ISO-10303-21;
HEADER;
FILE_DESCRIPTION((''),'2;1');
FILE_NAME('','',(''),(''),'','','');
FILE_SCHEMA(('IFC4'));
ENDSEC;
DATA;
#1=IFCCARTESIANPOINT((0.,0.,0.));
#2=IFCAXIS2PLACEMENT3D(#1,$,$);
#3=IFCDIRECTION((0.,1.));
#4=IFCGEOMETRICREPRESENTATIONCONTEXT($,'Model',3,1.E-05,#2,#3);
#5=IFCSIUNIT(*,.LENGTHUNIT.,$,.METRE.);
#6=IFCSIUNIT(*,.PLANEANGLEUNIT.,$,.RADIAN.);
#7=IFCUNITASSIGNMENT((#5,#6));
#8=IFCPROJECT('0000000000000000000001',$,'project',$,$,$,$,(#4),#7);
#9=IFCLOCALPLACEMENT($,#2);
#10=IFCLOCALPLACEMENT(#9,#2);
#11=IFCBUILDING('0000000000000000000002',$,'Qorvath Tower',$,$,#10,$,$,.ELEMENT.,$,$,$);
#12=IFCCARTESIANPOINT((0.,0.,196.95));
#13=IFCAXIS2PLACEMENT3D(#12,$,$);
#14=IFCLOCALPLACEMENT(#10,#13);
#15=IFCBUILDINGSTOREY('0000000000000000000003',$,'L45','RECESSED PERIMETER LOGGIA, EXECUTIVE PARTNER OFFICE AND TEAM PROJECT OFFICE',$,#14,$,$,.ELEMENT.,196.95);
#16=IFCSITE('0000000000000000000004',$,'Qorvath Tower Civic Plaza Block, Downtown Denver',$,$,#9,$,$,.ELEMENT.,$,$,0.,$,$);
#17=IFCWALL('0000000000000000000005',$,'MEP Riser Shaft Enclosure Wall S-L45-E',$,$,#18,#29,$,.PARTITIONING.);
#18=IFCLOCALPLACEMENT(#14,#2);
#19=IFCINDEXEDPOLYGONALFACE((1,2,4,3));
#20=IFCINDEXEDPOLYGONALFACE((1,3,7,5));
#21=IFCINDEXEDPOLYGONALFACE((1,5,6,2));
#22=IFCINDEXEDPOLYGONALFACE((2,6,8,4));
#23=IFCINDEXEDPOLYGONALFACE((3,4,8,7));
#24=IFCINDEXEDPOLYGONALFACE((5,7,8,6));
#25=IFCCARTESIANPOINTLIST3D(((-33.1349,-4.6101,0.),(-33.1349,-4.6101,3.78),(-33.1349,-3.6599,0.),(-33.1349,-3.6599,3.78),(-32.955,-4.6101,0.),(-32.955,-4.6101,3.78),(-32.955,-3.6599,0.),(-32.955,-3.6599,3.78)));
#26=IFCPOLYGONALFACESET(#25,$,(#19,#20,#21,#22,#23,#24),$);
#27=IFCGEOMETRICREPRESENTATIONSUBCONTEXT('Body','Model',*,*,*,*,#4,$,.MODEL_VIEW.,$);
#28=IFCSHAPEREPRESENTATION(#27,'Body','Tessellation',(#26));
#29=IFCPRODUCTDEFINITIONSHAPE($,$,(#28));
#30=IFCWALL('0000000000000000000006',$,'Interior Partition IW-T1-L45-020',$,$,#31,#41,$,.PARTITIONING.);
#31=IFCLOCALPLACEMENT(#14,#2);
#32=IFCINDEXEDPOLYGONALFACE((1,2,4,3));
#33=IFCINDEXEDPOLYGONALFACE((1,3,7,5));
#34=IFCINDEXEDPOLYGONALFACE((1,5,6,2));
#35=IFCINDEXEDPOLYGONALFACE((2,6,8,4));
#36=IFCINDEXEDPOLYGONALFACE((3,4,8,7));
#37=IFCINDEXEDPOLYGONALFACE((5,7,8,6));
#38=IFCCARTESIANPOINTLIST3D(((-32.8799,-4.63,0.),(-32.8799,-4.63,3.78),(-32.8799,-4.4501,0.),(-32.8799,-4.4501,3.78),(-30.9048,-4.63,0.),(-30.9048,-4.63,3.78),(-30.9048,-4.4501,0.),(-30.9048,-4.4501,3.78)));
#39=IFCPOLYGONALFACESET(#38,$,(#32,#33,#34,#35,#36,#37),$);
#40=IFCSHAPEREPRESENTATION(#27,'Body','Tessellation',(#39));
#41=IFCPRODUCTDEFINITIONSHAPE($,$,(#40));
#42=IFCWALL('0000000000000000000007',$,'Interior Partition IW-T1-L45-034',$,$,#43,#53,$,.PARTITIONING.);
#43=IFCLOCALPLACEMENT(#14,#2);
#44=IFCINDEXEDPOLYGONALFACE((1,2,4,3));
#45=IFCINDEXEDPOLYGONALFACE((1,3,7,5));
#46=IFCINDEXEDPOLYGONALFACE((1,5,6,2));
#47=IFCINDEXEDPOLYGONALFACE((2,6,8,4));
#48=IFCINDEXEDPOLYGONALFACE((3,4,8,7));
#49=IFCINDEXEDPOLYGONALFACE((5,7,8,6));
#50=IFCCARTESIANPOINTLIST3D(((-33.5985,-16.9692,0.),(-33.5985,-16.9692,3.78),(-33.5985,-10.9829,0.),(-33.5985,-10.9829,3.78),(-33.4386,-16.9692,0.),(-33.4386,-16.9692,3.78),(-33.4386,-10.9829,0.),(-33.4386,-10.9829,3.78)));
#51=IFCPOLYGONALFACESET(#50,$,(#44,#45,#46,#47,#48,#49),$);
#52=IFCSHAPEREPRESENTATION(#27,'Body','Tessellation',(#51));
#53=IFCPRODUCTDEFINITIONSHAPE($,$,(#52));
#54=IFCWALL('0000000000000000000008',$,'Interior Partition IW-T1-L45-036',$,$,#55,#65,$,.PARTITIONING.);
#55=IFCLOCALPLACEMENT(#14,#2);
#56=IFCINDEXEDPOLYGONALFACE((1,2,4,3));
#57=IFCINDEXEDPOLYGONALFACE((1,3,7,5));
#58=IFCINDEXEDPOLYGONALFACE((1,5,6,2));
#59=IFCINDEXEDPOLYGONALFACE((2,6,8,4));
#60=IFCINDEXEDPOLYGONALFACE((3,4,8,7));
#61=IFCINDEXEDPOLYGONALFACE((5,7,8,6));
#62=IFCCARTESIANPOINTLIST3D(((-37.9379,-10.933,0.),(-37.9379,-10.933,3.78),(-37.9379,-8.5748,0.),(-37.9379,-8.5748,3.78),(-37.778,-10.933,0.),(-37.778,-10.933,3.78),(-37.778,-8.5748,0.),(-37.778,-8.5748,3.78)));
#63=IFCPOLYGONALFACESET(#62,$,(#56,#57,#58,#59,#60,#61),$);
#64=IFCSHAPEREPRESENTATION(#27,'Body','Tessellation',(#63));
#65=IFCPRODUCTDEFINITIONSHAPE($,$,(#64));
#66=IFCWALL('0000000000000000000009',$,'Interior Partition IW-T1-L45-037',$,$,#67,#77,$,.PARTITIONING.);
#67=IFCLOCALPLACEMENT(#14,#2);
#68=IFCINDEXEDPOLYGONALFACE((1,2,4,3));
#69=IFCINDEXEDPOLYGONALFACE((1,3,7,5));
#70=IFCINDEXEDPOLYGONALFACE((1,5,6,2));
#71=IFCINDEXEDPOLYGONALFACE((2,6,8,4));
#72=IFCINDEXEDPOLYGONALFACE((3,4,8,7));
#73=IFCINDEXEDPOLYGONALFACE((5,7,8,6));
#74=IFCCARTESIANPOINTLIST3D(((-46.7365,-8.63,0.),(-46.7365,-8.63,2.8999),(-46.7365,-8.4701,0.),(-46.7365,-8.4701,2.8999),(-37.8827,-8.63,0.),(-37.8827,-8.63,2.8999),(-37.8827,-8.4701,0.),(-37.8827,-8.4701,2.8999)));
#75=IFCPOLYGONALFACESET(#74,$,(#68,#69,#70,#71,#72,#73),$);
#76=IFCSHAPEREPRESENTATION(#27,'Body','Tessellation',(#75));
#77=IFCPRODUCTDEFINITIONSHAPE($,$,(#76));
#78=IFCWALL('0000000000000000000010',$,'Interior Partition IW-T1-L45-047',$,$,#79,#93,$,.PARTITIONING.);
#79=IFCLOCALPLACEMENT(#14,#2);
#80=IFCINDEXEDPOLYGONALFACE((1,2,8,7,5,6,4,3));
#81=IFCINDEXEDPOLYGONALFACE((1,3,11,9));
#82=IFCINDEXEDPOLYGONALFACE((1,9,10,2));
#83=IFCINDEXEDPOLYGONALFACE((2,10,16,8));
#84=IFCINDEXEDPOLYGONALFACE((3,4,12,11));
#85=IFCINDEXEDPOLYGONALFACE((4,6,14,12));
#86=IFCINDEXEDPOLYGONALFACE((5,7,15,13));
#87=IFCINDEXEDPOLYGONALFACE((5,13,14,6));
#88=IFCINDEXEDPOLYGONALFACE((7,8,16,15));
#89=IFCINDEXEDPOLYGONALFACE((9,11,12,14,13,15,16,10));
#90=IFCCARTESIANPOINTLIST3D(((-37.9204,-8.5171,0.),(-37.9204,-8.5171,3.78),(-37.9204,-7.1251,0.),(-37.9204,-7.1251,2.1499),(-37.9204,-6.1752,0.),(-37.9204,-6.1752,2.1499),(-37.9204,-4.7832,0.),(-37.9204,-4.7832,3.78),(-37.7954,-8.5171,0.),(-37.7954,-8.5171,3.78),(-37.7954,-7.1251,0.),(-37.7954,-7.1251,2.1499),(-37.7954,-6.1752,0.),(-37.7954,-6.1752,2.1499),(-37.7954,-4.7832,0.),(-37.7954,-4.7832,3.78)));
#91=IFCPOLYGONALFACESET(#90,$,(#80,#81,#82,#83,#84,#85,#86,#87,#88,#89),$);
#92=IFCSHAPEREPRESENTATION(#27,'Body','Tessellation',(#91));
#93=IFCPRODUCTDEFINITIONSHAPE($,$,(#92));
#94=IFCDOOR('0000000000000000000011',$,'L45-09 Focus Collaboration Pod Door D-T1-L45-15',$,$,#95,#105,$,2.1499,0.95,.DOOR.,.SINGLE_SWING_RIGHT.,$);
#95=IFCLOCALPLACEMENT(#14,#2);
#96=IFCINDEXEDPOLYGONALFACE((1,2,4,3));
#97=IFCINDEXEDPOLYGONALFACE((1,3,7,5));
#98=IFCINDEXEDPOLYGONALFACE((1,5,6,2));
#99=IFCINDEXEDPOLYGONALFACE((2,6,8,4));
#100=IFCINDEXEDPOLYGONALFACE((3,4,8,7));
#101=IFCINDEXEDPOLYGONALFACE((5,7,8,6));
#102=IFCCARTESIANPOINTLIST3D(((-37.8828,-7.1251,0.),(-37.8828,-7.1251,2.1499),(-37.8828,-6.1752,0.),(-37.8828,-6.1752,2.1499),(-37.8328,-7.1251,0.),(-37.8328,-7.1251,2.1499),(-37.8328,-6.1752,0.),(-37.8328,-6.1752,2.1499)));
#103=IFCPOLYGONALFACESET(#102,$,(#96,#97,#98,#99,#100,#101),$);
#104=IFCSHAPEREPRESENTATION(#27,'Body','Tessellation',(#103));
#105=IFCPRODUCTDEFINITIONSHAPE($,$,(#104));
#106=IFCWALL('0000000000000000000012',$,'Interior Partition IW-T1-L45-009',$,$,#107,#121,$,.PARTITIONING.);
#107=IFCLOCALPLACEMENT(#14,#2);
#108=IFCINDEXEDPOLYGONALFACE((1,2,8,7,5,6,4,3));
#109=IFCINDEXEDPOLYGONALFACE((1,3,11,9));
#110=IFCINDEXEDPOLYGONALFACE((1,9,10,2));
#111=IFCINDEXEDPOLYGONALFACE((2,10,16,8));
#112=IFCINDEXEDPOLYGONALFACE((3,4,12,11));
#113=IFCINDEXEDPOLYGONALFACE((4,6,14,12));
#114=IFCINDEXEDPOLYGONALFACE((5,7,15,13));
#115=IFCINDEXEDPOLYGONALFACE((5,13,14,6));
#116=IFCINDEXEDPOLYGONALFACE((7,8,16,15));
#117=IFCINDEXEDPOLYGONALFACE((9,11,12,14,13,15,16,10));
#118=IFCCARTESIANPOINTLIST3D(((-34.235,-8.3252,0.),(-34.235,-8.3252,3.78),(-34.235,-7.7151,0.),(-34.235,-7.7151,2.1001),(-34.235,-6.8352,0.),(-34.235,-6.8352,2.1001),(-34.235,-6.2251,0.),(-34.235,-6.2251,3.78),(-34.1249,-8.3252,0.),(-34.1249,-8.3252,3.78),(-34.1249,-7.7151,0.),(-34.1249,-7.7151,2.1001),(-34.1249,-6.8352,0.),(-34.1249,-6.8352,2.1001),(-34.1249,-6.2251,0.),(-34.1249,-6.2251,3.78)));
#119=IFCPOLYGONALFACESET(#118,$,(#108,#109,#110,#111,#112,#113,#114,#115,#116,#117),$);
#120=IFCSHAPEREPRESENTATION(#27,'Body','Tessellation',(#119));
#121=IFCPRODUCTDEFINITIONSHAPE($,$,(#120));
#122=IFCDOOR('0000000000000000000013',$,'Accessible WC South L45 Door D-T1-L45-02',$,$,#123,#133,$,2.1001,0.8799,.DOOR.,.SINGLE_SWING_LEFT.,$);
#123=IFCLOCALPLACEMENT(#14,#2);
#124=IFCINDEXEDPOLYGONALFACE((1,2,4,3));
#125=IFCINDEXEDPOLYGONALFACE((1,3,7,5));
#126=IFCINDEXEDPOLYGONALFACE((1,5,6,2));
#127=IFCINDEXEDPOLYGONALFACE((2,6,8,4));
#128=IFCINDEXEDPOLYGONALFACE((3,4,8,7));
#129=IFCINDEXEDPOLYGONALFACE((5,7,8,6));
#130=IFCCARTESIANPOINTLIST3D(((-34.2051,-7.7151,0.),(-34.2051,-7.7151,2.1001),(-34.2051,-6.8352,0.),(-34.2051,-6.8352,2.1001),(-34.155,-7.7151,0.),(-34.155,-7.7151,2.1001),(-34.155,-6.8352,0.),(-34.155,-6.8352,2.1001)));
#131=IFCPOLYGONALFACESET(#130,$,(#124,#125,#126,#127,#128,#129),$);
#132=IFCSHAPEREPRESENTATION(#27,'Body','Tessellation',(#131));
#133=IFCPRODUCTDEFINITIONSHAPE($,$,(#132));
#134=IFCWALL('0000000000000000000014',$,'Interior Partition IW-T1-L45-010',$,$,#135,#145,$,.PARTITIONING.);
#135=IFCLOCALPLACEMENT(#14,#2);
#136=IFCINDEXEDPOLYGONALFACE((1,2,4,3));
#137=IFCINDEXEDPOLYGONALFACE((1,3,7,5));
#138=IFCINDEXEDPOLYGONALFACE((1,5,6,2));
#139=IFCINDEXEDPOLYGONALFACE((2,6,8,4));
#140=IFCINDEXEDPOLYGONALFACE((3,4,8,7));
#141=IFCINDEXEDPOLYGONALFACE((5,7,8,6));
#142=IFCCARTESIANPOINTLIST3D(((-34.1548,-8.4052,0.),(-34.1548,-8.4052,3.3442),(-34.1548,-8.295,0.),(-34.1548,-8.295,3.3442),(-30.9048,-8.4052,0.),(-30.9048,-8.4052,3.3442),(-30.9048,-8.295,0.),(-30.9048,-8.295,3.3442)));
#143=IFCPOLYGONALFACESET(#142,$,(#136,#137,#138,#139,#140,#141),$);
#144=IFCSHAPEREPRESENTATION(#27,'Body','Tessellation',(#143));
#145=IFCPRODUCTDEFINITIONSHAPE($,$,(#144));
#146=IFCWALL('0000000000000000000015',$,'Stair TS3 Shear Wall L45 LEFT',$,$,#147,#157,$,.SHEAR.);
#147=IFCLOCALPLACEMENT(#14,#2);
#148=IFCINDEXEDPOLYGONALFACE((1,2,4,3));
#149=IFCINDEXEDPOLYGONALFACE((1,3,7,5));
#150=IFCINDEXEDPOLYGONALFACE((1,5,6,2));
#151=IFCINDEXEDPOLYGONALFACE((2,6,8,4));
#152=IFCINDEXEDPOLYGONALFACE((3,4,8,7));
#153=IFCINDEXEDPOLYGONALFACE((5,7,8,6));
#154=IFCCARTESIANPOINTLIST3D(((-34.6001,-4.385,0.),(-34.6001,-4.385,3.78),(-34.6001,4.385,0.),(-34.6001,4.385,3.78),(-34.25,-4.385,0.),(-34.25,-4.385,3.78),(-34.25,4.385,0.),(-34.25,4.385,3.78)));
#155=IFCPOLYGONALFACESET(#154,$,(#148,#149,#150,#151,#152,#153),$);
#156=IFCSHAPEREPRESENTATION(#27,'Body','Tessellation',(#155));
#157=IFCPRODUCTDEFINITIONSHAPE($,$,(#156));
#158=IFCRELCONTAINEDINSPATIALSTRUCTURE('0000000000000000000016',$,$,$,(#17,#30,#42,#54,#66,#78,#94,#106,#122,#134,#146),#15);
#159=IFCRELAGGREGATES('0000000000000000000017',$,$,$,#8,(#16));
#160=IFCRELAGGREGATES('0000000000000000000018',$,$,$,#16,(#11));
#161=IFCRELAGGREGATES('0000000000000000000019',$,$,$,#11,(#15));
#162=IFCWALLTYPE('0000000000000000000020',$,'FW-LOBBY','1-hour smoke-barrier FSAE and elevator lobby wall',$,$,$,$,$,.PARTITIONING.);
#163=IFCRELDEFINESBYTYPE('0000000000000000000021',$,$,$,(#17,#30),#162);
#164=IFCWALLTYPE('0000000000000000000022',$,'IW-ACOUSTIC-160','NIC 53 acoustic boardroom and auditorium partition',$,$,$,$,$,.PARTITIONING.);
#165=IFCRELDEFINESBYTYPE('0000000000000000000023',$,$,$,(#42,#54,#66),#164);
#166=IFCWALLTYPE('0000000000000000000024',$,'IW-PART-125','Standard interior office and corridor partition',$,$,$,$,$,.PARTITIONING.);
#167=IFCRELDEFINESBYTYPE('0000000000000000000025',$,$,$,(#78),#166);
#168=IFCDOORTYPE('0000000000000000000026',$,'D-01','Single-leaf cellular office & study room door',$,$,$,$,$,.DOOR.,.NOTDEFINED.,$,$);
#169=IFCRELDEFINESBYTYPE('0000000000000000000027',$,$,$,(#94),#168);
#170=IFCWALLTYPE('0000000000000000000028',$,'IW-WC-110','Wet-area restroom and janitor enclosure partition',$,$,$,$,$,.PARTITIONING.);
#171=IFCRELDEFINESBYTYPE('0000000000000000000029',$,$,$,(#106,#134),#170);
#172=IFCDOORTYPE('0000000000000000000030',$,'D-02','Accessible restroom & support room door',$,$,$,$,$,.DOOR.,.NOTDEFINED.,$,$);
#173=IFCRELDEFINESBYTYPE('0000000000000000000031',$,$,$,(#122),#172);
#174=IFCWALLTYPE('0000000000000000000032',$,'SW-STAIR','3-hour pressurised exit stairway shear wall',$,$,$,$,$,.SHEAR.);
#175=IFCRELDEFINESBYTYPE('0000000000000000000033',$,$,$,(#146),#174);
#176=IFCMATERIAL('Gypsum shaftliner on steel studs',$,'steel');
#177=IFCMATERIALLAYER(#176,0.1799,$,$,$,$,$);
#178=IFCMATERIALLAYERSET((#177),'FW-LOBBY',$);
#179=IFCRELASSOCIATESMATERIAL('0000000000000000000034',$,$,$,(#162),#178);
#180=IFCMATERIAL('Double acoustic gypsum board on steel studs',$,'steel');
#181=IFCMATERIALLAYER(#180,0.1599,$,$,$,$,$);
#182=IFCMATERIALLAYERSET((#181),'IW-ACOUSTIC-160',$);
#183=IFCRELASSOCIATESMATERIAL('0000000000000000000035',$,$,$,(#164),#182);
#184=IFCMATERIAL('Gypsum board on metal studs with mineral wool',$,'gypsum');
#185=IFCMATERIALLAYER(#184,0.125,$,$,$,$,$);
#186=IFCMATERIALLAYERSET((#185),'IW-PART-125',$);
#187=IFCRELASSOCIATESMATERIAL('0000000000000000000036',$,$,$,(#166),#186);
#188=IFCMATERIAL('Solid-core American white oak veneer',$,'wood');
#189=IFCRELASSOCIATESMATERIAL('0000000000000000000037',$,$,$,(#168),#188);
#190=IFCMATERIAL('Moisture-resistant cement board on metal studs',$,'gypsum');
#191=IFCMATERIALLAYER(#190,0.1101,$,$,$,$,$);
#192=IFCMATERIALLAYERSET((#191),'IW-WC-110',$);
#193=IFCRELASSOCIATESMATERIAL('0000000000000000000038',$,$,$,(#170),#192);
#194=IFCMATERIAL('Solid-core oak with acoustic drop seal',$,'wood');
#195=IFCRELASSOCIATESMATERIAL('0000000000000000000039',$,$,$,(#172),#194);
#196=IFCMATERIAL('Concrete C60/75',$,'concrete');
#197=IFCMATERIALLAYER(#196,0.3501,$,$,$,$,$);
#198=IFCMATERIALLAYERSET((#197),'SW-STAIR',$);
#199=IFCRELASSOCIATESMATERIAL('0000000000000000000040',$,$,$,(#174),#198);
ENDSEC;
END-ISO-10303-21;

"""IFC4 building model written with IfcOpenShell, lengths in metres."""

from ifc_helpers import new_model, si_unit, direction, frame, frame_2d, origin, place, context, subcontext, project, spatial, rectangle, extrude, material, layer, layer_set, type_object, element, fill, save


model = new_model("IFC4")

# Units and contexts
model_context = context("Model", 3, precision=1e-05, world=origin(), true_north=direction((0.0, 1.0)))
body_context = subcontext(model_context, "Body", "Model", "MODEL_VIEW")
ifc_project = project(units=[si_unit("LENGTHUNIT", "METRE"), si_unit("PLANEANGLEUNIT", "RADIAN")], contexts=[model_context])

# Site, building, storey
site_placement = place(None, origin())
site = spatial("IfcSite", under=ifc_project, at=site_placement, Name="Qorvath Tower Civic Plaza Block, Downtown Denver", CompositionType="ELEMENT", RefElevation=0.0)
building_placement = place(site_placement, origin())
building = spatial("IfcBuilding", under=site, at=building_placement, Name="Qorvath Tower", CompositionType="ELEMENT")
storey_placement = place(building_placement, frame((0.0, 0.0, 196.95)))
storey = spatial("IfcBuildingStorey", under=building, at=storey_placement, Name="L45", Description="RECESSED PERIMETER LOGGIA, EXECUTIVE PARTNER OFFICE AND TEAM PROJECT OFFICE", CompositionType="ELEMENT", Elevation=196.95)

# Walls
ifc_material_1 = material(Name="Gypsum shaftliner on steel studs", Category="steel")
ifc_layer_1 = layer(ifc_material_1, 0.1799)
ifc_layer_set_1 = layer_set([ifc_layer_1], Name="FW-LOBBY")
wall_type_1 = type_object("IfcWallType", Name="FW-LOBBY", Description="1-hour smoke-barrier FSAE and elevator lobby wall", PredefinedType="PARTITIONING", material=ifc_layer_set_1)
for number, where, z_axis, x_axis, name in (
    (1, (-33.0449, -3.6599, 0.0), (0.0, 0.0, 1.0), (0.0, -1.0, 0.0), "MEP Riser Shaft Enclosure Wall S-L45-E"),
):
    element("IfcWall", number, at=place(storey_placement, frame(where, z_axis=z_axis, x_axis=x_axis)), inside=storey, type_object=wall_type_1, Name=name, PredefinedType="PARTITIONING", context=body_context, shape_type="SweptSolid", body=[
        extrude(rectangle(XDim=0.9502, YDim=0.1799, at=frame_2d((0.4751, 0.0))), origin(), (0.0, 0.0, 1.0), 3.78),
    ])
wall_1_placement = place(storey_placement, frame((-32.8799, -4.54, 0.0), z_axis=(0.0, 0.0, 1.0), x_axis=(1.0, 0.0, 0.0)))
element("IfcWall", 2, at=wall_1_placement, inside=storey, type_object=wall_type_1, Name="Interior Partition IW-T1-L45-020", PredefinedType="PARTITIONING", context=body_context, shape_type="SweptSolid", body=[
    extrude(rectangle(XDim=1.9751, YDim=0.1799, at=frame_2d((0.9875, 0.0))), origin(), (0.0, 0.0, 1.0), 3.78),
])
ifc_material_2 = material(Name="Double acoustic gypsum board on steel studs", Category="steel")
ifc_layer_2 = layer(ifc_material_2, 0.1599)
ifc_layer_set_2 = layer_set([ifc_layer_2], Name="IW-ACOUSTIC-160")
wall_type_2 = type_object("IfcWallType", Name="IW-ACOUSTIC-160", Description="NIC 53 acoustic boardroom and auditorium partition", PredefinedType="PARTITIONING", material=ifc_layer_set_2)
wall_2_placement = place(storey_placement, frame((-33.5186, -16.9692, 0.0), z_axis=(0.0, 0.0, 1.0), x_axis=(0.0, 1.0, 0.0)))
element("IfcWall", 3, at=wall_2_placement, inside=storey, type_object=wall_type_2, Name="Interior Partition IW-T1-L45-034", PredefinedType="PARTITIONING", context=body_context, shape_type="SweptSolid", body=[
    extrude(rectangle(XDim=5.9863, YDim=0.1599, at=frame_2d((2.9932, 0.0))), origin(), (0.0, 0.0, 1.0), 3.78),
])

# Walls
wall_3_placement = place(storey_placement, frame((-37.8579, -10.9331, 0.0), z_axis=(0.0, 0.0, 1.0), x_axis=(0.0, 1.0, 0.0)))
element("IfcWall", 4, at=wall_3_placement, inside=storey, type_object=wall_type_2, Name="Interior Partition IW-T1-L45-036", PredefinedType="PARTITIONING", context=body_context, shape_type="SweptSolid", body=[
    extrude(rectangle(XDim=2.3582, YDim=0.1599, at=frame_2d((1.1792, 0.0))), origin(), (0.0, 0.0, 1.0), 3.78),
])
wall_4_placement = place(storey_placement, frame((-37.8828, -8.55, 0.0), z_axis=(0.0, 0.0, 1.0), x_axis=(-1.0, 0.0, 0.0)))
element("IfcWall", 5, at=wall_4_placement, inside=storey, type_object=wall_type_2, Name="Interior Partition IW-T1-L45-037", PredefinedType="PARTITIONING", context=body_context, shape_type="SweptSolid", body=[
    extrude(rectangle(XDim=8.8538, YDim=0.1599, at=frame_2d((4.4268, 0.0))), origin(), (0.0, 0.0, 1.0), 2.8999),
])

# Walls, openings, doors
ifc_material_3 = material(Name="Gypsum board on metal studs with mineral wool", Category="gypsum")
ifc_layer_3 = layer(ifc_material_3, 0.125)
ifc_layer_set_3 = layer_set([ifc_layer_3], Name="IW-PART-125")
wall_type_3 = type_object("IfcWallType", Name="IW-PART-125", Description="Standard interior office and corridor partition", PredefinedType="PARTITIONING", material=ifc_layer_set_3)
wall_5_placement = place(storey_placement, frame((-37.8579, -8.5171, 0.0), z_axis=(0.0, 0.0, 1.0), x_axis=(0.0, 1.0, 0.0)))
wall_5 = element("IfcWall", 6, at=wall_5_placement, inside=storey, type_object=wall_type_3, Name="Interior Partition IW-T1-L45-047", PredefinedType="PARTITIONING", context=body_context, shape_type="SweptSolid", body=[
    extrude(rectangle(XDim=3.7339, YDim=0.125, at=frame_2d((1.8669, 0.0))), origin(), (0.0, 0.0, 1.0), 3.78),
])
opening_1_placement = place(wall_5_placement, frame((1.3918, 0.0, 0.0)))
opening_1 = element("IfcOpeningElement", 7, at=opening_1_placement, cuts=wall_5, PredefinedType="OPENING", context=body_context, shape_type="SweptSolid", body=[
    extrude(rectangle(XDim=0.95, YDim=2.1499, at=frame_2d((0.4751, 1.075))), frame((0.0, 0.0725, 0.0), z_axis=(0.0, -1.0, 0.0), x_axis=(1.0, 0.0, 0.0)), (0.0, 0.0, 1.0), 0.145),
])
ifc_material_4 = material(Name="Solid-core American white oak veneer", Category="wood")
door_type_1 = type_object("IfcDoorType", Name="D-01", Description="Single-leaf cellular office & study room door", OperationType="NOTDEFINED", PredefinedType="DOOR", material=ifc_material_4)
door_1_placement = place(opening_1_placement, origin())
door_1 = element("IfcDoor", 8, at=door_1_placement, inside=storey, type_object=door_type_1, Name="L45-09 Focus Collaboration Pod Door D-T1-L45-15", OperationType="SINGLE_SWING_RIGHT", OverallHeight=2.1499, OverallWidth=0.95, PredefinedType="DOOR", context=body_context, shape_type="SweptSolid", body=[
    extrude(rectangle(XDim=0.95, YDim=2.1499, at=frame_2d((0.4751, 1.075))), frame((0.0, 0.0249, 0.0), z_axis=(0.0, -1.0, 0.0), x_axis=(1.0, 0.0, 0.0)), (0.0, 0.0, 1.0), 0.05),
])
fill(opening_1, door_1)
ifc_material_5 = material(Name="Moisture-resistant cement board on metal studs", Category="gypsum")
ifc_layer_4 = layer(ifc_material_5, 0.1101)
ifc_layer_set_4 = layer_set([ifc_layer_4], Name="IW-WC-110")
wall_type_4 = type_object("IfcWallType", Name="IW-WC-110", Description="Wet-area restroom and janitor enclosure partition", PredefinedType="PARTITIONING", material=ifc_layer_set_4)
wall_6_placement = place(storey_placement, frame((-34.1799, -6.2251, 0.0), z_axis=(0.0, 0.0, 1.0), x_axis=(0.0, -1.0, 0.0)))
wall_6 = element("IfcWall", 9, at=wall_6_placement, inside=storey, type_object=wall_type_4, Name="Interior Partition IW-T1-L45-009", PredefinedType="PARTITIONING", context=body_context, shape_type="SweptSolid", body=[
    extrude(rectangle(XDim=2.1001, YDim=0.1101, at=frame_2d((1.05, 0.0))), origin(), (0.0, 0.0, 1.0), 3.78),
])
opening_2_placement = place(wall_6_placement, frame((0.6101, 0.0, 0.0)))
opening_2 = element("IfcOpeningElement", 10, at=opening_2_placement, cuts=wall_6, PredefinedType="OPENING", context=body_context, shape_type="SweptSolid", body=[
    extrude(rectangle(XDim=0.8799, YDim=2.1001, at=frame_2d((0.4399, 1.05))), frame((0.0, 0.0649, 0.0), z_axis=(0.0, -1.0, 0.0), x_axis=(1.0, 0.0, 0.0)), (0.0, 0.0, 1.0), 0.1301),
])
ifc_material_6 = material(Name="Solid-core oak with acoustic drop seal", Category="wood")
door_type_2 = type_object("IfcDoorType", Name="D-02", Description="Accessible restroom & support room door", OperationType="NOTDEFINED", PredefinedType="DOOR", material=ifc_material_6)
door_2_placement = place(opening_2_placement, origin())
door_2 = element("IfcDoor", 11, at=door_2_placement, inside=storey, type_object=door_type_2, Name="Accessible WC South L45 Door D-T1-L45-02", OperationType="SINGLE_SWING_LEFT", OverallHeight=2.1001, OverallWidth=0.8799, PredefinedType="DOOR", context=body_context, shape_type="SweptSolid", body=[
    extrude(rectangle(XDim=0.8799, YDim=2.1001, at=frame_2d((0.4399, 1.05))), frame((0.0, 0.0249, 0.0), z_axis=(0.0, -1.0, 0.0), x_axis=(1.0, 0.0, 0.0)), (0.0, 0.0, 1.0), 0.05),
])
fill(opening_2, door_2)

# Walls
wall_7_placement = place(storey_placement, frame((-34.1548, -8.3501, 0.0), z_axis=(0.0, 0.0, 1.0), x_axis=(1.0, 0.0, 0.0)))
element("IfcWall", 12, at=wall_7_placement, inside=storey, type_object=wall_type_4, Name="Interior Partition IW-T1-L45-010", PredefinedType="PARTITIONING", context=body_context, shape_type="SweptSolid", body=[
    extrude(rectangle(XDim=3.25, YDim=0.1101, at=frame_2d((1.625, 0.0))), origin(), (0.0, 0.0, 1.0), 3.3442),
])
ifc_material_7 = material(Name="Concrete C60/75", Category="concrete")
ifc_layer_5 = layer(ifc_material_7, 0.3501)
ifc_layer_set_5 = layer_set([ifc_layer_5], Name="SW-STAIR")
wall_type_5 = type_object("IfcWallType", Name="SW-STAIR", Description="3-hour pressurised exit stairway shear wall", PredefinedType="SHEAR", material=ifc_layer_set_5)
wall_8_placement = place(storey_placement, frame((-34.425, -4.385, 0.0), z_axis=(0.0, 0.0, 1.0), x_axis=(0.0, 1.0, 0.0)))
element("IfcWall", 13, at=wall_8_placement, inside=storey, type_object=wall_type_5, Name="Stair TS3 Shear Wall L45 LEFT", PredefinedType="SHEAR", context=body_context, shape_type="SweptSolid", body=[
    extrude(rectangle(XDim=8.77, YDim=0.3501, at=frame_2d((4.385, 0.0))), origin(), (0.0, 0.0, 1.0), 3.78),
])

save(model, "model.ifc")
